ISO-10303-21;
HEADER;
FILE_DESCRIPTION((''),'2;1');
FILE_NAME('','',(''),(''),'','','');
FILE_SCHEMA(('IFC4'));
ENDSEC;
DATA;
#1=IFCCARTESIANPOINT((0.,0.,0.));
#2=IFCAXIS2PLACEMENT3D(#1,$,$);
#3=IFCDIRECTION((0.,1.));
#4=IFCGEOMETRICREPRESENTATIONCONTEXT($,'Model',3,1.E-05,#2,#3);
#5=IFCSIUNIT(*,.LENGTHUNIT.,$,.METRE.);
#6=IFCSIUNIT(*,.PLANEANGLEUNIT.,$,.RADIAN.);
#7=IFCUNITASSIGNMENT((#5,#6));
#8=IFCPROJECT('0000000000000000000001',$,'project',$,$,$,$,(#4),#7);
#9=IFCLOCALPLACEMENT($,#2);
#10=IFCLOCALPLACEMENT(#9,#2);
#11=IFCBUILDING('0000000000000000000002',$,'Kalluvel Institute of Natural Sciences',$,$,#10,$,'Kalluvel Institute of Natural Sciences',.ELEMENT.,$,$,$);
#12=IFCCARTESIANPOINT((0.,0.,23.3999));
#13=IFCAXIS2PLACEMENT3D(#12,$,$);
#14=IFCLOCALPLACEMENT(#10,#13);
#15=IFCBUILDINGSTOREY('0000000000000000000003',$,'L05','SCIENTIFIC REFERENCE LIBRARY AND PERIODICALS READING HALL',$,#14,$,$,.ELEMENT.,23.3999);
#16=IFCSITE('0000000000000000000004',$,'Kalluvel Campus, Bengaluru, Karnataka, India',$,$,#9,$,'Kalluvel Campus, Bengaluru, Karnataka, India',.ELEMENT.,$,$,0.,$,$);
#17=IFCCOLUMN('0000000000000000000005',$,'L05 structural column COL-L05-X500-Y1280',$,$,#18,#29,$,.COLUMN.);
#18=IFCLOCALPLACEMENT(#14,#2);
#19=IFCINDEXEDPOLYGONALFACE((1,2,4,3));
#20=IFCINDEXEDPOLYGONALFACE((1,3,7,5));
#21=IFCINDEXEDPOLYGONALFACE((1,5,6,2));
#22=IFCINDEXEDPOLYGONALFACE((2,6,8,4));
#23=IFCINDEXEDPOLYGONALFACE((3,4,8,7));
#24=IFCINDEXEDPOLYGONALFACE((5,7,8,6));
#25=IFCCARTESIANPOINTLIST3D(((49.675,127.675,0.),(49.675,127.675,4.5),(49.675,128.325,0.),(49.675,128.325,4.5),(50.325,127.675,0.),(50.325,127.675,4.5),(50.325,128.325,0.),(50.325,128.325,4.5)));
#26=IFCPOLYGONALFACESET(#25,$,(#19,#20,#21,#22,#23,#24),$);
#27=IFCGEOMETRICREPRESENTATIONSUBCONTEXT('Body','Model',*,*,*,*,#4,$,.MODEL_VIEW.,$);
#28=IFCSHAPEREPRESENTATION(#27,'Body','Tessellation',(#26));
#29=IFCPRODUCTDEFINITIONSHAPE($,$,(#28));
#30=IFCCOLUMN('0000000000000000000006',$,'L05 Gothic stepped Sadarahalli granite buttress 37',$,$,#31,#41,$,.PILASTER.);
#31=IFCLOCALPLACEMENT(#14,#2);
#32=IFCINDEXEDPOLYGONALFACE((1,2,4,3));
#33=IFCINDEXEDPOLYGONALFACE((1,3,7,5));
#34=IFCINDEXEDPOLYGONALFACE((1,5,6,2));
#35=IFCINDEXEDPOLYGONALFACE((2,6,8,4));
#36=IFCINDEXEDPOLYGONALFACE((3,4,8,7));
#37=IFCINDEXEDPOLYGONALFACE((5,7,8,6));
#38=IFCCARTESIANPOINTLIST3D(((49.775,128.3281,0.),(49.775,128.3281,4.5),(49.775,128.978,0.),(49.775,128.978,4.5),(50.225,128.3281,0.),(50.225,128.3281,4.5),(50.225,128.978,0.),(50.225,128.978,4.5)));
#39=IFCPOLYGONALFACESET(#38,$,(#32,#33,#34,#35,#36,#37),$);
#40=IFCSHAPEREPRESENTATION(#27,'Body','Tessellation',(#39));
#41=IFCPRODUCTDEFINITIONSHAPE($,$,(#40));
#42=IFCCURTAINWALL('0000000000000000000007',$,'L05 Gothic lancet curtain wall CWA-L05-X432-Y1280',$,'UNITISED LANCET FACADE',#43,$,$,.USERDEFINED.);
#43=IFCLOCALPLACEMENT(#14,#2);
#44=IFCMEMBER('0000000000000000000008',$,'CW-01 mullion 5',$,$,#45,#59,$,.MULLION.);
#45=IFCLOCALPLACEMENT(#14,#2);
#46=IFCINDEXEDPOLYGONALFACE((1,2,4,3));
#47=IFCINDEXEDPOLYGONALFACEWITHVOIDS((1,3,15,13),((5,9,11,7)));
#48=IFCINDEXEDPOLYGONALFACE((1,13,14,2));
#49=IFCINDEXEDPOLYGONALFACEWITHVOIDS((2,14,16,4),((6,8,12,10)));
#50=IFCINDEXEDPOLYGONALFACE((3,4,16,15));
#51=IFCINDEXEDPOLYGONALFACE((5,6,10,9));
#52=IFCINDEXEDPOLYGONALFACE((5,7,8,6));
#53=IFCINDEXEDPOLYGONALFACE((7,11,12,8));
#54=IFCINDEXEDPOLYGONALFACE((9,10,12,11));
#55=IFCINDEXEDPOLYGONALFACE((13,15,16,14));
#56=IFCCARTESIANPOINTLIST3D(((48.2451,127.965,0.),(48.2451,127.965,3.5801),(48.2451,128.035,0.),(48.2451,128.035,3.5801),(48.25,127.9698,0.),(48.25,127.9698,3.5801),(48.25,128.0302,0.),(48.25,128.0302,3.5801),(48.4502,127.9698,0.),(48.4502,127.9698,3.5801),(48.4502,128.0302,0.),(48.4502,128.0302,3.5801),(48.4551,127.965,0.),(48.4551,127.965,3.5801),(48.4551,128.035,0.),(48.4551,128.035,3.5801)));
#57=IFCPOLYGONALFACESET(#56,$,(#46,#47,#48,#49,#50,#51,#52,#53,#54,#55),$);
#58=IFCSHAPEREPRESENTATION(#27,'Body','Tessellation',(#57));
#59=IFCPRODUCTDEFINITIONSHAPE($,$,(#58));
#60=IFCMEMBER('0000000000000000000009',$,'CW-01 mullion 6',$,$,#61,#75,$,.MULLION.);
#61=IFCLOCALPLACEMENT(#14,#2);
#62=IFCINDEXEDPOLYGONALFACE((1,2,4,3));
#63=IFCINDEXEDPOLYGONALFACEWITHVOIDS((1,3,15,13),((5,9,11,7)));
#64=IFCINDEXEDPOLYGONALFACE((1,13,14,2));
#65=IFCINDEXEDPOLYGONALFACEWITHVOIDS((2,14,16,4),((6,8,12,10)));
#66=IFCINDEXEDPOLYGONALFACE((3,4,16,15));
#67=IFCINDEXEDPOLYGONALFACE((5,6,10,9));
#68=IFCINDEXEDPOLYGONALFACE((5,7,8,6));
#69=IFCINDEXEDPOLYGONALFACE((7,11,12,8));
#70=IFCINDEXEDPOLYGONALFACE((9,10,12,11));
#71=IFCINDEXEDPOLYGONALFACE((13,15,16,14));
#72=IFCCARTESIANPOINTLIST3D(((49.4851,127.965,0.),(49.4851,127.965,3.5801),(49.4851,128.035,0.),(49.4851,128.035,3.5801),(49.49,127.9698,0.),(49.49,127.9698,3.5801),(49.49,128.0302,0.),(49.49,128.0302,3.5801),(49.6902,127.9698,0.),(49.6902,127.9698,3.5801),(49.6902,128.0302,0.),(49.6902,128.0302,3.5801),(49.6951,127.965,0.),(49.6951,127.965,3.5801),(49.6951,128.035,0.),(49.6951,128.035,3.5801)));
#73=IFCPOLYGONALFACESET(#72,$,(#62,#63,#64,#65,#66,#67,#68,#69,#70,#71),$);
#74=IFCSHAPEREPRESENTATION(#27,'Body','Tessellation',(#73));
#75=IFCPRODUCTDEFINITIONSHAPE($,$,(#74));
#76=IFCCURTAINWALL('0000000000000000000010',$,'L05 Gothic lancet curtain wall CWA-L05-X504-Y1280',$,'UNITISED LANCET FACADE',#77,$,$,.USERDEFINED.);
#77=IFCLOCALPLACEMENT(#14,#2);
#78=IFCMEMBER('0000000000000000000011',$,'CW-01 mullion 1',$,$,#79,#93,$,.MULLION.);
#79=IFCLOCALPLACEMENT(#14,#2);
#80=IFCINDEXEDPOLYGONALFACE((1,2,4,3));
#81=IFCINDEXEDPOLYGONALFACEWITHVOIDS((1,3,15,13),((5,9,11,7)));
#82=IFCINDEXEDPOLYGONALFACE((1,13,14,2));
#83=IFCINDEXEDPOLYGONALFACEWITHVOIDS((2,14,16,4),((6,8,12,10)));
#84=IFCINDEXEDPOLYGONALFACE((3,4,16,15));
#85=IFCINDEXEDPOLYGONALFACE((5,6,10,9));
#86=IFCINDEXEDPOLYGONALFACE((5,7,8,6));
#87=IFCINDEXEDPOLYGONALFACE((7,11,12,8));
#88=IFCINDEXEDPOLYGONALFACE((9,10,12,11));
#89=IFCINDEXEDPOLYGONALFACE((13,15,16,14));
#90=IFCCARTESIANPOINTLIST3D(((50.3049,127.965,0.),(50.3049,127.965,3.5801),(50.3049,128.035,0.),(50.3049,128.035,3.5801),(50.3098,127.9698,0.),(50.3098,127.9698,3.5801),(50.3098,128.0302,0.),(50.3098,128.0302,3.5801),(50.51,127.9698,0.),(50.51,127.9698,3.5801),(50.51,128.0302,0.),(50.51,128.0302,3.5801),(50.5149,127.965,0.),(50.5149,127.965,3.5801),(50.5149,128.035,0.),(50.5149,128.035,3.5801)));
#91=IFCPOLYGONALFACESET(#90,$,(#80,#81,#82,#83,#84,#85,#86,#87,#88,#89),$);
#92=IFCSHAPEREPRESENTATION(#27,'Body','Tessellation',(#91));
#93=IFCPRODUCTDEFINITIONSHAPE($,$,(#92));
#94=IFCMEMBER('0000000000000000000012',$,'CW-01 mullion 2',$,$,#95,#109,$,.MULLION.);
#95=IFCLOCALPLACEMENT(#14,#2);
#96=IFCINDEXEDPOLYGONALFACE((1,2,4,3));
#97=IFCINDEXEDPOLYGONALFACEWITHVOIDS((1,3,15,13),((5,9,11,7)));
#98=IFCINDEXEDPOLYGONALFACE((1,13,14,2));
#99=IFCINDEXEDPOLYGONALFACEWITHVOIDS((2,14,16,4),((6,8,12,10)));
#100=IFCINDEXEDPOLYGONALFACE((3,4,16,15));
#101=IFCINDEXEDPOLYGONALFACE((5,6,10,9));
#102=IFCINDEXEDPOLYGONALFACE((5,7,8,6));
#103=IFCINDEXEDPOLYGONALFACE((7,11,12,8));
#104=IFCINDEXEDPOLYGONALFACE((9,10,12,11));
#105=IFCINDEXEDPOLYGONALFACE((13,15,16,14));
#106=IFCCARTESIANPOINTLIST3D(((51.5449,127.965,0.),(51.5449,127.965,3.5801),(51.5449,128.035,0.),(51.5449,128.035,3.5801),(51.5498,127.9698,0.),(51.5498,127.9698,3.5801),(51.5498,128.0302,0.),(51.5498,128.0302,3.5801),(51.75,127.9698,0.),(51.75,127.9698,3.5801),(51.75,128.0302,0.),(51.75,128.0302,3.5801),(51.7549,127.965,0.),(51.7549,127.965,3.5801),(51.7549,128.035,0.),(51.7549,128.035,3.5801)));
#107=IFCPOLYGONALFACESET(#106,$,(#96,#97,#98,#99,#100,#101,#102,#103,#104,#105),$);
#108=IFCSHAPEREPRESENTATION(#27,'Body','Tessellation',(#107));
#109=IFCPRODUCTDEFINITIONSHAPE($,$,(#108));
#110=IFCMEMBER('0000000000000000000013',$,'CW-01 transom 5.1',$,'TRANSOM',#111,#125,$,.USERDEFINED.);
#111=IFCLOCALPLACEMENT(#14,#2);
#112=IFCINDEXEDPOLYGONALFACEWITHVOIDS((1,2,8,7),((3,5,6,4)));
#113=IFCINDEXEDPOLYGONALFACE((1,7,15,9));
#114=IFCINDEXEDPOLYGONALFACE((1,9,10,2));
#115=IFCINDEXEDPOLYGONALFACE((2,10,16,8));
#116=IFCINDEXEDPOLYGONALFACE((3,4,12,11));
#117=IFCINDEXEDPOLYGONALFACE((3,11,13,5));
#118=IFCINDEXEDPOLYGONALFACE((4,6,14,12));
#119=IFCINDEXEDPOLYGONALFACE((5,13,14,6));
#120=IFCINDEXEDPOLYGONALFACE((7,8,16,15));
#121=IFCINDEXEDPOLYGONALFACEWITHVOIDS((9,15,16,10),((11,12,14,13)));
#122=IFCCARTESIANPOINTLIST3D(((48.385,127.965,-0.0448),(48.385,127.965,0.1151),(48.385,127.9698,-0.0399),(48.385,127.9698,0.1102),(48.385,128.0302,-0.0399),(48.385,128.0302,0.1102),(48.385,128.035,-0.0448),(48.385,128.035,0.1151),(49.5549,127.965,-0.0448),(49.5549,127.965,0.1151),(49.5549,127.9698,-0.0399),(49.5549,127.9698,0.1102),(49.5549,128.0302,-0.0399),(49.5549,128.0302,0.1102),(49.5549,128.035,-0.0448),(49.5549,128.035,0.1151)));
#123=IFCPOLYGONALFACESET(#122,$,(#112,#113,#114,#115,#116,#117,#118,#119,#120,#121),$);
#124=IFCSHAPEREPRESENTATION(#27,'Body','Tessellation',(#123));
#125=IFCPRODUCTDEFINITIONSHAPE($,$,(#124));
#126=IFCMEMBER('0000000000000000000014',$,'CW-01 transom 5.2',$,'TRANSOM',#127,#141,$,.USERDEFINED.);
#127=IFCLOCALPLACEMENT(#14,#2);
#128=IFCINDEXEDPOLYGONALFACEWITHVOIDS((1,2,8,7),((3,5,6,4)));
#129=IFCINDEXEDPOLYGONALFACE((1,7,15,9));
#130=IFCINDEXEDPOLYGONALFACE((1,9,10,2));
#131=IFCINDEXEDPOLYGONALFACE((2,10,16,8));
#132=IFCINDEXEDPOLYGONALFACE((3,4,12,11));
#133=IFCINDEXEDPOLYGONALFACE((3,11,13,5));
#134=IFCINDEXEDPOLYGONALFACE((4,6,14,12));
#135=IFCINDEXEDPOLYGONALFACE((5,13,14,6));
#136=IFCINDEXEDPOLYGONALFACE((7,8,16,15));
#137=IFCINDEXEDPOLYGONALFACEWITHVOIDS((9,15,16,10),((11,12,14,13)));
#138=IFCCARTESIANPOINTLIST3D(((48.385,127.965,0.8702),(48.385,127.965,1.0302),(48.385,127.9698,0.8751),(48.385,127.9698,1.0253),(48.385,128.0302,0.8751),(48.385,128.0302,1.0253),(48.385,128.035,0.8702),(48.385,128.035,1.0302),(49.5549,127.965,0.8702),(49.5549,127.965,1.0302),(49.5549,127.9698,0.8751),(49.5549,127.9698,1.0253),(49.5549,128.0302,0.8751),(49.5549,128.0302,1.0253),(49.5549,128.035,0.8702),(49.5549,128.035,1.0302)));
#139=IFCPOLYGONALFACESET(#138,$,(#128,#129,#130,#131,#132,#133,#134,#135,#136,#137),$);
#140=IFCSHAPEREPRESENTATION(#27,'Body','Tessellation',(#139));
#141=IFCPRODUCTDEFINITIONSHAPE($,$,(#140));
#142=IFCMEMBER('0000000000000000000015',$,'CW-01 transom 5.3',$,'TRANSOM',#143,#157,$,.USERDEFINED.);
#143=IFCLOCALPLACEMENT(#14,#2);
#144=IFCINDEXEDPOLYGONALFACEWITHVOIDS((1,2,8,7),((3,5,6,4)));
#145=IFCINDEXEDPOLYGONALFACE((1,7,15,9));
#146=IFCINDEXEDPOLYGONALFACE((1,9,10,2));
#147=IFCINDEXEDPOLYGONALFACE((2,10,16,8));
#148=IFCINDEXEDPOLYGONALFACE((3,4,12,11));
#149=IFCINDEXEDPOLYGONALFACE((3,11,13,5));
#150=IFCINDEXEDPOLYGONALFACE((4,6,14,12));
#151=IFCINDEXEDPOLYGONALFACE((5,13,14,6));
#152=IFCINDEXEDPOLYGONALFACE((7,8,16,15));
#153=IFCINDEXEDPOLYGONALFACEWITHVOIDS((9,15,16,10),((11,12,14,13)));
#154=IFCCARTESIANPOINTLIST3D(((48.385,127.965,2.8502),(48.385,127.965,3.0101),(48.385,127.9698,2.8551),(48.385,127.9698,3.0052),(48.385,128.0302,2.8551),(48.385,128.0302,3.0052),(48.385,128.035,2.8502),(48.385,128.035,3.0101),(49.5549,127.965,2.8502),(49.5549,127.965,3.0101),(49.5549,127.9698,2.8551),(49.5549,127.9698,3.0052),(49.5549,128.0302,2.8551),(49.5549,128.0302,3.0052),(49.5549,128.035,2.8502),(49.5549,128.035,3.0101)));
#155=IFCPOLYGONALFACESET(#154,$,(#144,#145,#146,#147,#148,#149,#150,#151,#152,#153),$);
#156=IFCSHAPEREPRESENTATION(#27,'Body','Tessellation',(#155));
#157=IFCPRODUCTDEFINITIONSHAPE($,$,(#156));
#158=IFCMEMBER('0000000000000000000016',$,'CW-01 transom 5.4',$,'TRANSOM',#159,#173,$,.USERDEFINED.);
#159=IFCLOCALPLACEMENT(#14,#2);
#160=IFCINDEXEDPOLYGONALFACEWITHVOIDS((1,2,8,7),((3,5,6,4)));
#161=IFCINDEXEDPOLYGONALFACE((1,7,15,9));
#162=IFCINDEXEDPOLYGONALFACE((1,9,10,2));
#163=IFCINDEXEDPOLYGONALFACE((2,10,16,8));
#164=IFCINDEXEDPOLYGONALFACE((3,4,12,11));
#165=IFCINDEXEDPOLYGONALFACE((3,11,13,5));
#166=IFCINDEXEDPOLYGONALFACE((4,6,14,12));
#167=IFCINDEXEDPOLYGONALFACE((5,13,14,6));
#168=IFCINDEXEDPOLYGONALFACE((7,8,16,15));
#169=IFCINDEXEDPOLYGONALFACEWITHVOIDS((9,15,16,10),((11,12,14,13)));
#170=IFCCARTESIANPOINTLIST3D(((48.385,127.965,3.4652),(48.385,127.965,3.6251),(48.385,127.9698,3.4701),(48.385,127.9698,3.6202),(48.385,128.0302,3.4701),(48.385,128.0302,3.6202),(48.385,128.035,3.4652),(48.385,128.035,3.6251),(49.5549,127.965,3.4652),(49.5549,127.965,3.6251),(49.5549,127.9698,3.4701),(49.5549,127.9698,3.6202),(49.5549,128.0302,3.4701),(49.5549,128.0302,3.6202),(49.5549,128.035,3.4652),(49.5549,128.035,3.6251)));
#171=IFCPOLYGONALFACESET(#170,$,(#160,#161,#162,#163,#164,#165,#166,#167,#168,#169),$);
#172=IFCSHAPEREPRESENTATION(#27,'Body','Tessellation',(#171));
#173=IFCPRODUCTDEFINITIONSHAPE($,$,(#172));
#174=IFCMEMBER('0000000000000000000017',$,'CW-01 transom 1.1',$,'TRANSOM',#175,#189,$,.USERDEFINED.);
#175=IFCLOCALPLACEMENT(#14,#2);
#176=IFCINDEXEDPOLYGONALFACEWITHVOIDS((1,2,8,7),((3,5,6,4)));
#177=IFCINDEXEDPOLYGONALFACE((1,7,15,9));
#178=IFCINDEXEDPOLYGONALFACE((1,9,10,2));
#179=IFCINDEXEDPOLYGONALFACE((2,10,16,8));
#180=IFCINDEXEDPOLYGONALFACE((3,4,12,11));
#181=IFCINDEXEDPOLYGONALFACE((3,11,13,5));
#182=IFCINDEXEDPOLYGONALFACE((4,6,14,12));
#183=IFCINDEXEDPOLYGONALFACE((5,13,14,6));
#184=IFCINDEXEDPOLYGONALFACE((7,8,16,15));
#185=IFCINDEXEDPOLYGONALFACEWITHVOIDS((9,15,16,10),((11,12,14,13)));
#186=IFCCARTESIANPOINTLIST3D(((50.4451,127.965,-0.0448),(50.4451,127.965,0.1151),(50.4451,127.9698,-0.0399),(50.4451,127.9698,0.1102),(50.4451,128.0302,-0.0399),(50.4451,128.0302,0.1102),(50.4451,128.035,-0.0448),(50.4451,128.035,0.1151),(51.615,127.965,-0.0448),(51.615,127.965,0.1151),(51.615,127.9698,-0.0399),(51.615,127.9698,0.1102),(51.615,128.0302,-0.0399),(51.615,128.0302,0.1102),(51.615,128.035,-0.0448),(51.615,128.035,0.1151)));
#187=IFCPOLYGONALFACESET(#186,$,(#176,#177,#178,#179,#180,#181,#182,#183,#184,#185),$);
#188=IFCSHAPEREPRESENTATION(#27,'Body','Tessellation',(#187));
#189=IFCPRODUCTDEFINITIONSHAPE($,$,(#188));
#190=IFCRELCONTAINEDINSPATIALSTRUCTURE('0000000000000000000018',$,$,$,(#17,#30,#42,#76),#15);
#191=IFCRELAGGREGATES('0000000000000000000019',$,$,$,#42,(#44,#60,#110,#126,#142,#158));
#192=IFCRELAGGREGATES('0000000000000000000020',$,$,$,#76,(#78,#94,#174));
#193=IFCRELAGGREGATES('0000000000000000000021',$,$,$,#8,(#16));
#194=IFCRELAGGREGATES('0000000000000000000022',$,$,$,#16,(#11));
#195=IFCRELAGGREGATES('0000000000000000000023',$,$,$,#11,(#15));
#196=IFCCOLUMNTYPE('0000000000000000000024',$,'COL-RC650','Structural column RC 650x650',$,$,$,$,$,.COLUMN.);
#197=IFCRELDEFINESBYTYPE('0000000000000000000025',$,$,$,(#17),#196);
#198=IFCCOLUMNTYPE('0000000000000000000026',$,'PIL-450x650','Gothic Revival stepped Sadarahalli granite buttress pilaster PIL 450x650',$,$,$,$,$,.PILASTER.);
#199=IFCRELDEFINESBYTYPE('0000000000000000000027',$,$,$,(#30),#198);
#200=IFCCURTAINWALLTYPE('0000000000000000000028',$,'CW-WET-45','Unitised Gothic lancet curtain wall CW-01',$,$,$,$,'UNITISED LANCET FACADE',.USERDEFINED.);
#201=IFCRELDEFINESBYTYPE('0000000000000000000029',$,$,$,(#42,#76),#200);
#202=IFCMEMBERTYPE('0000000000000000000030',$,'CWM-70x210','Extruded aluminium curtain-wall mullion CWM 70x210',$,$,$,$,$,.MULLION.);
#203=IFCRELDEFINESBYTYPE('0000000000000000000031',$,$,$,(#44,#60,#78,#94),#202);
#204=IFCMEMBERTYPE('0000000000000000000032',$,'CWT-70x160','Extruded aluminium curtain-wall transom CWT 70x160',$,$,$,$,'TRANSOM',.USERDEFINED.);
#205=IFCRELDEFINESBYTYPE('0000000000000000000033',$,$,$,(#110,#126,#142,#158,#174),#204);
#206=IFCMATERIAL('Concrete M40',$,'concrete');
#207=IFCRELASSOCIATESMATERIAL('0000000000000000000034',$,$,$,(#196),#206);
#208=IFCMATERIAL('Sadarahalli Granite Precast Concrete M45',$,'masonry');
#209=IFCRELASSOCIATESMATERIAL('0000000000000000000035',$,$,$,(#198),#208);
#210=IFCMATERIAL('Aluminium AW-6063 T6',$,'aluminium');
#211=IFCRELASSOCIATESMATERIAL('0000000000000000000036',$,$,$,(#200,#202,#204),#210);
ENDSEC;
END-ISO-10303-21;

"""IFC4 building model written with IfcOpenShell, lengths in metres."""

from ifc_helpers import new_model, si_unit, direction, frame, origin, origin_2d, place, context, subcontext, project, spatial, rectangle, hollow_rectangle, extrude, material, material_profile, profile_set, type_object, element, aggregate, save


model = new_model("IFC4")

# Units and contexts
model_context = context("Model", 3, precision=1e-05, world=origin(), true_north=direction((0.0, 1.0)))
body_context = subcontext(model_context, "Body", "Model", "MODEL_VIEW")
ifc_project = project(units=[si_unit("LENGTHUNIT", "METRE"), si_unit("PLANEANGLEUNIT", "RADIAN")], contexts=[model_context])

# Site, building, storey
site_placement = place(None, origin())
site = spatial("IfcSite", under=ifc_project, at=site_placement, Name="Kalluvel Campus, Bengaluru, Karnataka, India", LongName="Kalluvel Campus, Bengaluru, Karnataka, India", CompositionType="ELEMENT", RefElevation=0.0)
building_placement = place(site_placement, origin())
building = spatial("IfcBuilding", under=site, at=building_placement, Name="Kalluvel Institute of Natural Sciences", LongName="Kalluvel Institute of Natural Sciences", CompositionType="ELEMENT")
storey_placement = place(building_placement, frame((0.0, 0.0, 23.3999)))
storey = spatial("IfcBuildingStorey", under=building, at=storey_placement, Name="L05", Description="SCIENTIFIC REFERENCE LIBRARY AND PERIODICALS READING HALL", CompositionType="ELEMENT", Elevation=23.3999)

# Columns
ifc_material_1 = material(Name="Concrete M40", Category="concrete")
ifc_material_profile_1 = material_profile(ifc_material_1, rectangle(XDim=0.6499, YDim=0.6499, at=origin_2d()), Name="RC 650x650")
ifc_profile_set_1 = profile_set([ifc_material_profile_1], Name="Concrete M40")
column_type_1 = type_object("IfcColumnType", Name="COL-RC650", Description="Structural column RC 650x650", PredefinedType="COLUMN", material=ifc_profile_set_1)
column_1_placement = place(storey_placement, frame((50.0, 128.0, 0.0), z_axis=(0.0, 0.0, 1.0), x_axis=(1.0, 0.0, 0.0)))
element("IfcColumn", 1, at=column_1_placement, inside=storey, type_object=column_type_1, Name="L05 structural column COL-L05-X500-Y1280", PredefinedType="COLUMN", context=body_context, shape_type="SweptSolid", body=[
    extrude(rectangle(XDim=0.6499, YDim=0.6499, at=origin_2d()), origin(), (0.0, 0.0, 1.0), 4.5),
])
ifc_material_2 = material(Name="Sadarahalli Granite Precast Concrete M45", Category="masonry")
ifc_material_profile_2 = material_profile(ifc_material_2, rectangle(XDim=0.45, YDim=0.6499, at=origin_2d()), Name="PIL 450x650")
ifc_profile_set_2 = profile_set([ifc_material_profile_2], Name="Sadarahalli Granite Precast Concrete M45")
column_type_2 = type_object("IfcColumnType", Name="PIL-450x650", Description="Gothic Revival stepped Sadarahalli granite buttress pilaster PIL 450x650", PredefinedType="PILASTER", material=ifc_profile_set_2)
column_2_placement = place(storey_placement, frame((50.0, 128.6531, 0.0), z_axis=(0.0, 0.0, 1.0), x_axis=(1.0, 0.0, 0.0)))
element("IfcColumn", 2, at=column_2_placement, inside=storey, type_object=column_type_2, Name="L05 Gothic stepped Sadarahalli granite buttress 37", PredefinedType="PILASTER", context=body_context, shape_type="SweptSolid", body=[
    extrude(rectangle(XDim=0.45, YDim=0.6499, at=origin_2d()), origin(), (0.0, 0.0, 1.0), 4.5),
])

# Curtain walls, members
ifc_material_3 = material(Name="Aluminium AW-6063 T6", Category="aluminium")
curtain_wall_type = type_object("IfcCurtainWallType", Name="CW-WET-45", Description="Unitised Gothic lancet curtain wall CW-01", ElementType="UNITISED LANCET FACADE", PredefinedType="USERDEFINED", material=ifc_material_3)
curtain_wall_1_placement = place(storey_placement, origin())
curtain_wall_1 = element("IfcCurtainWall", 3, at=curtain_wall_1_placement, inside=storey, type_object=curtain_wall_type, Name="L05 Gothic lancet curtain wall CWA-L05-X432-Y1280", ObjectType="UNITISED LANCET FACADE", PredefinedType="USERDEFINED")
ifc_material_profile_3 = material_profile(ifc_material_3, hollow_rectangle(XDim=0.0701, YDim=0.21, WallThickness=0.0049, at=origin_2d()), Name="CWM 70x210")
ifc_profile_set_3 = profile_set([ifc_material_profile_3], Name="Aluminium AW-6063 T6")
member_type_1 = type_object("IfcMemberType", Name="CWM-70x210", Description="Extruded aluminium curtain-wall mullion CWM 70x210", PredefinedType="MULLION", material=ifc_profile_set_3)
member_1_placement = place(storey_placement, frame((48.3501, 128.0, 0.0), z_axis=(0.0, 0.0, 1.0), x_axis=(0.0, 1.0, 0.0)))
member_1 = element("IfcMember", 4, at=member_1_placement, type_object=member_type_1, Name="CW-01 mullion 5", PredefinedType="MULLION", context=body_context, shape_type="SweptSolid", body=[
    extrude(hollow_rectangle(XDim=0.0701, YDim=0.21, WallThickness=0.0049, at=origin_2d()), origin(), (0.0, 0.0, 1.0), 3.5801),
])
member_2_placement = place(storey_placement, frame((49.5901, 128.0, 0.0), z_axis=(0.0, 0.0, 1.0), x_axis=(0.0, 1.0, 0.0)))
member_2 = element("IfcMember", 5, at=member_2_placement, type_object=member_type_1, Name="CW-01 mullion 6", PredefinedType="MULLION", context=body_context, shape_type="SweptSolid", body=[
    extrude(hollow_rectangle(XDim=0.0701, YDim=0.21, WallThickness=0.0049, at=origin_2d()), origin(), (0.0, 0.0, 1.0), 3.5801),
])
curtain_wall_2_placement = place(storey_placement, origin())
curtain_wall_2 = element("IfcCurtainWall", 6, at=curtain_wall_2_placement, inside=storey, type_object=curtain_wall_type, Name="L05 Gothic lancet curtain wall CWA-L05-X504-Y1280", ObjectType="UNITISED LANCET FACADE", PredefinedType="USERDEFINED")
member_3_placement = place(storey_placement, frame((50.4099, 128.0, 0.0), z_axis=(0.0, 0.0, 1.0), x_axis=(0.0, 1.0, 0.0)))
member_3 = element("IfcMember", 7, at=member_3_placement, type_object=member_type_1, Name="CW-01 mullion 1", PredefinedType="MULLION", context=body_context, shape_type="SweptSolid", body=[
    extrude(hollow_rectangle(XDim=0.0701, YDim=0.21, WallThickness=0.0049, at=origin_2d()), origin(), (0.0, 0.0, 1.0), 3.5801),
])
member_4_placement = place(storey_placement, frame((51.6499, 128.0, 0.0), z_axis=(0.0, 0.0, 1.0), x_axis=(0.0, 1.0, 0.0)))
member_4 = element("IfcMember", 8, at=member_4_placement, type_object=member_type_1, Name="CW-01 mullion 2", PredefinedType="MULLION", context=body_context, shape_type="SweptSolid", body=[
    extrude(hollow_rectangle(XDim=0.0701, YDim=0.21, WallThickness=0.0049, at=origin_2d()), origin(), (0.0, 0.0, 1.0), 3.5801),
])

# Members
ifc_material_profile_4 = material_profile(ifc_material_3, hollow_rectangle(XDim=0.0701, YDim=0.1599, WallThickness=0.0049, at=origin_2d()), Name="CWT 70x160")
ifc_profile_set_4 = profile_set([ifc_material_profile_4], Name="Aluminium AW-6063 T6")
member_type_2 = type_object("IfcMemberType", Name="CWT-70x160", Description="Extruded aluminium curtain-wall transom CWT 70x160", ElementType="TRANSOM", PredefinedType="USERDEFINED", material=ifc_profile_set_4)
member_5_placement = place(storey_placement, frame((48.385, 128.0, 0.0352), z_axis=(1.0, 0.0, 0.0), x_axis=(0.0, 1.0, 0.0)))
member_5 = element("IfcMember", 9, at=member_5_placement, type_object=member_type_2, Name="CW-01 transom 5.1", ObjectType="TRANSOM", PredefinedType="USERDEFINED", context=body_context, shape_type="SweptSolid", body=[
    extrude(hollow_rectangle(XDim=0.0701, YDim=0.1599, WallThickness=0.0049, at=origin_2d()), origin(), (0.0, 0.0, 1.0), 1.1699),
])
member_6_placement = place(storey_placement, frame((48.385, 128.0, 0.9502), z_axis=(1.0, 0.0, 0.0), x_axis=(0.0, 1.0, 0.0)))
member_6 = element("IfcMember", 10, at=member_6_placement, type_object=member_type_2, Name="CW-01 transom 5.2", ObjectType="TRANSOM", PredefinedType="USERDEFINED", context=body_context, shape_type="SweptSolid", body=[
    extrude(hollow_rectangle(XDim=0.0701, YDim=0.1599, WallThickness=0.0049, at=origin_2d()), origin(), (0.0, 0.0, 1.0), 1.1699),
])
member_7_placement = place(storey_placement, frame((48.385, 128.0, 2.9302), z_axis=(1.0, 0.0, 0.0), x_axis=(0.0, 1.0, 0.0)))
member_7 = element("IfcMember", 11, at=member_7_placement, type_object=member_type_2, Name="CW-01 transom 5.3", ObjectType="TRANSOM", PredefinedType="USERDEFINED", context=body_context, shape_type="SweptSolid", body=[
    extrude(hollow_rectangle(XDim=0.0701, YDim=0.1599, WallThickness=0.0049, at=origin_2d()), origin(), (0.0, 0.0, 1.0), 1.1699),
])
member_8_placement = place(storey_placement, frame((48.385, 128.0, 3.5452), z_axis=(1.0, 0.0, 0.0), x_axis=(0.0, 1.0, 0.0)))
member_8 = element("IfcMember", 12, at=member_8_placement, type_object=member_type_2, Name="CW-01 transom 5.4", ObjectType="TRANSOM", PredefinedType="USERDEFINED", context=body_context, shape_type="SweptSolid", body=[
    extrude(hollow_rectangle(XDim=0.0701, YDim=0.1599, WallThickness=0.0049, at=origin_2d()), origin(), (0.0, 0.0, 1.0), 1.1699),
])
member_9_placement = place(storey_placement, frame((50.4451, 128.0, 0.0352), z_axis=(1.0, 0.0, 0.0), x_axis=(0.0, 1.0, 0.0)))
member_9 = element("IfcMember", 13, at=member_9_placement, type_object=member_type_2, Name="CW-01 transom 1.1", ObjectType="TRANSOM", PredefinedType="USERDEFINED", context=body_context, shape_type="SweptSolid", body=[
    extrude(hollow_rectangle(XDim=0.0701, YDim=0.1599, WallThickness=0.0049, at=origin_2d()), origin(), (0.0, 0.0, 1.0), 1.1699),
])

aggregate(curtain_wall_1, [member_1, member_2, member_5, member_6, member_7, member_8])
aggregate(curtain_wall_2, [member_3, member_4, member_9])

save(model, "model.ifc")
